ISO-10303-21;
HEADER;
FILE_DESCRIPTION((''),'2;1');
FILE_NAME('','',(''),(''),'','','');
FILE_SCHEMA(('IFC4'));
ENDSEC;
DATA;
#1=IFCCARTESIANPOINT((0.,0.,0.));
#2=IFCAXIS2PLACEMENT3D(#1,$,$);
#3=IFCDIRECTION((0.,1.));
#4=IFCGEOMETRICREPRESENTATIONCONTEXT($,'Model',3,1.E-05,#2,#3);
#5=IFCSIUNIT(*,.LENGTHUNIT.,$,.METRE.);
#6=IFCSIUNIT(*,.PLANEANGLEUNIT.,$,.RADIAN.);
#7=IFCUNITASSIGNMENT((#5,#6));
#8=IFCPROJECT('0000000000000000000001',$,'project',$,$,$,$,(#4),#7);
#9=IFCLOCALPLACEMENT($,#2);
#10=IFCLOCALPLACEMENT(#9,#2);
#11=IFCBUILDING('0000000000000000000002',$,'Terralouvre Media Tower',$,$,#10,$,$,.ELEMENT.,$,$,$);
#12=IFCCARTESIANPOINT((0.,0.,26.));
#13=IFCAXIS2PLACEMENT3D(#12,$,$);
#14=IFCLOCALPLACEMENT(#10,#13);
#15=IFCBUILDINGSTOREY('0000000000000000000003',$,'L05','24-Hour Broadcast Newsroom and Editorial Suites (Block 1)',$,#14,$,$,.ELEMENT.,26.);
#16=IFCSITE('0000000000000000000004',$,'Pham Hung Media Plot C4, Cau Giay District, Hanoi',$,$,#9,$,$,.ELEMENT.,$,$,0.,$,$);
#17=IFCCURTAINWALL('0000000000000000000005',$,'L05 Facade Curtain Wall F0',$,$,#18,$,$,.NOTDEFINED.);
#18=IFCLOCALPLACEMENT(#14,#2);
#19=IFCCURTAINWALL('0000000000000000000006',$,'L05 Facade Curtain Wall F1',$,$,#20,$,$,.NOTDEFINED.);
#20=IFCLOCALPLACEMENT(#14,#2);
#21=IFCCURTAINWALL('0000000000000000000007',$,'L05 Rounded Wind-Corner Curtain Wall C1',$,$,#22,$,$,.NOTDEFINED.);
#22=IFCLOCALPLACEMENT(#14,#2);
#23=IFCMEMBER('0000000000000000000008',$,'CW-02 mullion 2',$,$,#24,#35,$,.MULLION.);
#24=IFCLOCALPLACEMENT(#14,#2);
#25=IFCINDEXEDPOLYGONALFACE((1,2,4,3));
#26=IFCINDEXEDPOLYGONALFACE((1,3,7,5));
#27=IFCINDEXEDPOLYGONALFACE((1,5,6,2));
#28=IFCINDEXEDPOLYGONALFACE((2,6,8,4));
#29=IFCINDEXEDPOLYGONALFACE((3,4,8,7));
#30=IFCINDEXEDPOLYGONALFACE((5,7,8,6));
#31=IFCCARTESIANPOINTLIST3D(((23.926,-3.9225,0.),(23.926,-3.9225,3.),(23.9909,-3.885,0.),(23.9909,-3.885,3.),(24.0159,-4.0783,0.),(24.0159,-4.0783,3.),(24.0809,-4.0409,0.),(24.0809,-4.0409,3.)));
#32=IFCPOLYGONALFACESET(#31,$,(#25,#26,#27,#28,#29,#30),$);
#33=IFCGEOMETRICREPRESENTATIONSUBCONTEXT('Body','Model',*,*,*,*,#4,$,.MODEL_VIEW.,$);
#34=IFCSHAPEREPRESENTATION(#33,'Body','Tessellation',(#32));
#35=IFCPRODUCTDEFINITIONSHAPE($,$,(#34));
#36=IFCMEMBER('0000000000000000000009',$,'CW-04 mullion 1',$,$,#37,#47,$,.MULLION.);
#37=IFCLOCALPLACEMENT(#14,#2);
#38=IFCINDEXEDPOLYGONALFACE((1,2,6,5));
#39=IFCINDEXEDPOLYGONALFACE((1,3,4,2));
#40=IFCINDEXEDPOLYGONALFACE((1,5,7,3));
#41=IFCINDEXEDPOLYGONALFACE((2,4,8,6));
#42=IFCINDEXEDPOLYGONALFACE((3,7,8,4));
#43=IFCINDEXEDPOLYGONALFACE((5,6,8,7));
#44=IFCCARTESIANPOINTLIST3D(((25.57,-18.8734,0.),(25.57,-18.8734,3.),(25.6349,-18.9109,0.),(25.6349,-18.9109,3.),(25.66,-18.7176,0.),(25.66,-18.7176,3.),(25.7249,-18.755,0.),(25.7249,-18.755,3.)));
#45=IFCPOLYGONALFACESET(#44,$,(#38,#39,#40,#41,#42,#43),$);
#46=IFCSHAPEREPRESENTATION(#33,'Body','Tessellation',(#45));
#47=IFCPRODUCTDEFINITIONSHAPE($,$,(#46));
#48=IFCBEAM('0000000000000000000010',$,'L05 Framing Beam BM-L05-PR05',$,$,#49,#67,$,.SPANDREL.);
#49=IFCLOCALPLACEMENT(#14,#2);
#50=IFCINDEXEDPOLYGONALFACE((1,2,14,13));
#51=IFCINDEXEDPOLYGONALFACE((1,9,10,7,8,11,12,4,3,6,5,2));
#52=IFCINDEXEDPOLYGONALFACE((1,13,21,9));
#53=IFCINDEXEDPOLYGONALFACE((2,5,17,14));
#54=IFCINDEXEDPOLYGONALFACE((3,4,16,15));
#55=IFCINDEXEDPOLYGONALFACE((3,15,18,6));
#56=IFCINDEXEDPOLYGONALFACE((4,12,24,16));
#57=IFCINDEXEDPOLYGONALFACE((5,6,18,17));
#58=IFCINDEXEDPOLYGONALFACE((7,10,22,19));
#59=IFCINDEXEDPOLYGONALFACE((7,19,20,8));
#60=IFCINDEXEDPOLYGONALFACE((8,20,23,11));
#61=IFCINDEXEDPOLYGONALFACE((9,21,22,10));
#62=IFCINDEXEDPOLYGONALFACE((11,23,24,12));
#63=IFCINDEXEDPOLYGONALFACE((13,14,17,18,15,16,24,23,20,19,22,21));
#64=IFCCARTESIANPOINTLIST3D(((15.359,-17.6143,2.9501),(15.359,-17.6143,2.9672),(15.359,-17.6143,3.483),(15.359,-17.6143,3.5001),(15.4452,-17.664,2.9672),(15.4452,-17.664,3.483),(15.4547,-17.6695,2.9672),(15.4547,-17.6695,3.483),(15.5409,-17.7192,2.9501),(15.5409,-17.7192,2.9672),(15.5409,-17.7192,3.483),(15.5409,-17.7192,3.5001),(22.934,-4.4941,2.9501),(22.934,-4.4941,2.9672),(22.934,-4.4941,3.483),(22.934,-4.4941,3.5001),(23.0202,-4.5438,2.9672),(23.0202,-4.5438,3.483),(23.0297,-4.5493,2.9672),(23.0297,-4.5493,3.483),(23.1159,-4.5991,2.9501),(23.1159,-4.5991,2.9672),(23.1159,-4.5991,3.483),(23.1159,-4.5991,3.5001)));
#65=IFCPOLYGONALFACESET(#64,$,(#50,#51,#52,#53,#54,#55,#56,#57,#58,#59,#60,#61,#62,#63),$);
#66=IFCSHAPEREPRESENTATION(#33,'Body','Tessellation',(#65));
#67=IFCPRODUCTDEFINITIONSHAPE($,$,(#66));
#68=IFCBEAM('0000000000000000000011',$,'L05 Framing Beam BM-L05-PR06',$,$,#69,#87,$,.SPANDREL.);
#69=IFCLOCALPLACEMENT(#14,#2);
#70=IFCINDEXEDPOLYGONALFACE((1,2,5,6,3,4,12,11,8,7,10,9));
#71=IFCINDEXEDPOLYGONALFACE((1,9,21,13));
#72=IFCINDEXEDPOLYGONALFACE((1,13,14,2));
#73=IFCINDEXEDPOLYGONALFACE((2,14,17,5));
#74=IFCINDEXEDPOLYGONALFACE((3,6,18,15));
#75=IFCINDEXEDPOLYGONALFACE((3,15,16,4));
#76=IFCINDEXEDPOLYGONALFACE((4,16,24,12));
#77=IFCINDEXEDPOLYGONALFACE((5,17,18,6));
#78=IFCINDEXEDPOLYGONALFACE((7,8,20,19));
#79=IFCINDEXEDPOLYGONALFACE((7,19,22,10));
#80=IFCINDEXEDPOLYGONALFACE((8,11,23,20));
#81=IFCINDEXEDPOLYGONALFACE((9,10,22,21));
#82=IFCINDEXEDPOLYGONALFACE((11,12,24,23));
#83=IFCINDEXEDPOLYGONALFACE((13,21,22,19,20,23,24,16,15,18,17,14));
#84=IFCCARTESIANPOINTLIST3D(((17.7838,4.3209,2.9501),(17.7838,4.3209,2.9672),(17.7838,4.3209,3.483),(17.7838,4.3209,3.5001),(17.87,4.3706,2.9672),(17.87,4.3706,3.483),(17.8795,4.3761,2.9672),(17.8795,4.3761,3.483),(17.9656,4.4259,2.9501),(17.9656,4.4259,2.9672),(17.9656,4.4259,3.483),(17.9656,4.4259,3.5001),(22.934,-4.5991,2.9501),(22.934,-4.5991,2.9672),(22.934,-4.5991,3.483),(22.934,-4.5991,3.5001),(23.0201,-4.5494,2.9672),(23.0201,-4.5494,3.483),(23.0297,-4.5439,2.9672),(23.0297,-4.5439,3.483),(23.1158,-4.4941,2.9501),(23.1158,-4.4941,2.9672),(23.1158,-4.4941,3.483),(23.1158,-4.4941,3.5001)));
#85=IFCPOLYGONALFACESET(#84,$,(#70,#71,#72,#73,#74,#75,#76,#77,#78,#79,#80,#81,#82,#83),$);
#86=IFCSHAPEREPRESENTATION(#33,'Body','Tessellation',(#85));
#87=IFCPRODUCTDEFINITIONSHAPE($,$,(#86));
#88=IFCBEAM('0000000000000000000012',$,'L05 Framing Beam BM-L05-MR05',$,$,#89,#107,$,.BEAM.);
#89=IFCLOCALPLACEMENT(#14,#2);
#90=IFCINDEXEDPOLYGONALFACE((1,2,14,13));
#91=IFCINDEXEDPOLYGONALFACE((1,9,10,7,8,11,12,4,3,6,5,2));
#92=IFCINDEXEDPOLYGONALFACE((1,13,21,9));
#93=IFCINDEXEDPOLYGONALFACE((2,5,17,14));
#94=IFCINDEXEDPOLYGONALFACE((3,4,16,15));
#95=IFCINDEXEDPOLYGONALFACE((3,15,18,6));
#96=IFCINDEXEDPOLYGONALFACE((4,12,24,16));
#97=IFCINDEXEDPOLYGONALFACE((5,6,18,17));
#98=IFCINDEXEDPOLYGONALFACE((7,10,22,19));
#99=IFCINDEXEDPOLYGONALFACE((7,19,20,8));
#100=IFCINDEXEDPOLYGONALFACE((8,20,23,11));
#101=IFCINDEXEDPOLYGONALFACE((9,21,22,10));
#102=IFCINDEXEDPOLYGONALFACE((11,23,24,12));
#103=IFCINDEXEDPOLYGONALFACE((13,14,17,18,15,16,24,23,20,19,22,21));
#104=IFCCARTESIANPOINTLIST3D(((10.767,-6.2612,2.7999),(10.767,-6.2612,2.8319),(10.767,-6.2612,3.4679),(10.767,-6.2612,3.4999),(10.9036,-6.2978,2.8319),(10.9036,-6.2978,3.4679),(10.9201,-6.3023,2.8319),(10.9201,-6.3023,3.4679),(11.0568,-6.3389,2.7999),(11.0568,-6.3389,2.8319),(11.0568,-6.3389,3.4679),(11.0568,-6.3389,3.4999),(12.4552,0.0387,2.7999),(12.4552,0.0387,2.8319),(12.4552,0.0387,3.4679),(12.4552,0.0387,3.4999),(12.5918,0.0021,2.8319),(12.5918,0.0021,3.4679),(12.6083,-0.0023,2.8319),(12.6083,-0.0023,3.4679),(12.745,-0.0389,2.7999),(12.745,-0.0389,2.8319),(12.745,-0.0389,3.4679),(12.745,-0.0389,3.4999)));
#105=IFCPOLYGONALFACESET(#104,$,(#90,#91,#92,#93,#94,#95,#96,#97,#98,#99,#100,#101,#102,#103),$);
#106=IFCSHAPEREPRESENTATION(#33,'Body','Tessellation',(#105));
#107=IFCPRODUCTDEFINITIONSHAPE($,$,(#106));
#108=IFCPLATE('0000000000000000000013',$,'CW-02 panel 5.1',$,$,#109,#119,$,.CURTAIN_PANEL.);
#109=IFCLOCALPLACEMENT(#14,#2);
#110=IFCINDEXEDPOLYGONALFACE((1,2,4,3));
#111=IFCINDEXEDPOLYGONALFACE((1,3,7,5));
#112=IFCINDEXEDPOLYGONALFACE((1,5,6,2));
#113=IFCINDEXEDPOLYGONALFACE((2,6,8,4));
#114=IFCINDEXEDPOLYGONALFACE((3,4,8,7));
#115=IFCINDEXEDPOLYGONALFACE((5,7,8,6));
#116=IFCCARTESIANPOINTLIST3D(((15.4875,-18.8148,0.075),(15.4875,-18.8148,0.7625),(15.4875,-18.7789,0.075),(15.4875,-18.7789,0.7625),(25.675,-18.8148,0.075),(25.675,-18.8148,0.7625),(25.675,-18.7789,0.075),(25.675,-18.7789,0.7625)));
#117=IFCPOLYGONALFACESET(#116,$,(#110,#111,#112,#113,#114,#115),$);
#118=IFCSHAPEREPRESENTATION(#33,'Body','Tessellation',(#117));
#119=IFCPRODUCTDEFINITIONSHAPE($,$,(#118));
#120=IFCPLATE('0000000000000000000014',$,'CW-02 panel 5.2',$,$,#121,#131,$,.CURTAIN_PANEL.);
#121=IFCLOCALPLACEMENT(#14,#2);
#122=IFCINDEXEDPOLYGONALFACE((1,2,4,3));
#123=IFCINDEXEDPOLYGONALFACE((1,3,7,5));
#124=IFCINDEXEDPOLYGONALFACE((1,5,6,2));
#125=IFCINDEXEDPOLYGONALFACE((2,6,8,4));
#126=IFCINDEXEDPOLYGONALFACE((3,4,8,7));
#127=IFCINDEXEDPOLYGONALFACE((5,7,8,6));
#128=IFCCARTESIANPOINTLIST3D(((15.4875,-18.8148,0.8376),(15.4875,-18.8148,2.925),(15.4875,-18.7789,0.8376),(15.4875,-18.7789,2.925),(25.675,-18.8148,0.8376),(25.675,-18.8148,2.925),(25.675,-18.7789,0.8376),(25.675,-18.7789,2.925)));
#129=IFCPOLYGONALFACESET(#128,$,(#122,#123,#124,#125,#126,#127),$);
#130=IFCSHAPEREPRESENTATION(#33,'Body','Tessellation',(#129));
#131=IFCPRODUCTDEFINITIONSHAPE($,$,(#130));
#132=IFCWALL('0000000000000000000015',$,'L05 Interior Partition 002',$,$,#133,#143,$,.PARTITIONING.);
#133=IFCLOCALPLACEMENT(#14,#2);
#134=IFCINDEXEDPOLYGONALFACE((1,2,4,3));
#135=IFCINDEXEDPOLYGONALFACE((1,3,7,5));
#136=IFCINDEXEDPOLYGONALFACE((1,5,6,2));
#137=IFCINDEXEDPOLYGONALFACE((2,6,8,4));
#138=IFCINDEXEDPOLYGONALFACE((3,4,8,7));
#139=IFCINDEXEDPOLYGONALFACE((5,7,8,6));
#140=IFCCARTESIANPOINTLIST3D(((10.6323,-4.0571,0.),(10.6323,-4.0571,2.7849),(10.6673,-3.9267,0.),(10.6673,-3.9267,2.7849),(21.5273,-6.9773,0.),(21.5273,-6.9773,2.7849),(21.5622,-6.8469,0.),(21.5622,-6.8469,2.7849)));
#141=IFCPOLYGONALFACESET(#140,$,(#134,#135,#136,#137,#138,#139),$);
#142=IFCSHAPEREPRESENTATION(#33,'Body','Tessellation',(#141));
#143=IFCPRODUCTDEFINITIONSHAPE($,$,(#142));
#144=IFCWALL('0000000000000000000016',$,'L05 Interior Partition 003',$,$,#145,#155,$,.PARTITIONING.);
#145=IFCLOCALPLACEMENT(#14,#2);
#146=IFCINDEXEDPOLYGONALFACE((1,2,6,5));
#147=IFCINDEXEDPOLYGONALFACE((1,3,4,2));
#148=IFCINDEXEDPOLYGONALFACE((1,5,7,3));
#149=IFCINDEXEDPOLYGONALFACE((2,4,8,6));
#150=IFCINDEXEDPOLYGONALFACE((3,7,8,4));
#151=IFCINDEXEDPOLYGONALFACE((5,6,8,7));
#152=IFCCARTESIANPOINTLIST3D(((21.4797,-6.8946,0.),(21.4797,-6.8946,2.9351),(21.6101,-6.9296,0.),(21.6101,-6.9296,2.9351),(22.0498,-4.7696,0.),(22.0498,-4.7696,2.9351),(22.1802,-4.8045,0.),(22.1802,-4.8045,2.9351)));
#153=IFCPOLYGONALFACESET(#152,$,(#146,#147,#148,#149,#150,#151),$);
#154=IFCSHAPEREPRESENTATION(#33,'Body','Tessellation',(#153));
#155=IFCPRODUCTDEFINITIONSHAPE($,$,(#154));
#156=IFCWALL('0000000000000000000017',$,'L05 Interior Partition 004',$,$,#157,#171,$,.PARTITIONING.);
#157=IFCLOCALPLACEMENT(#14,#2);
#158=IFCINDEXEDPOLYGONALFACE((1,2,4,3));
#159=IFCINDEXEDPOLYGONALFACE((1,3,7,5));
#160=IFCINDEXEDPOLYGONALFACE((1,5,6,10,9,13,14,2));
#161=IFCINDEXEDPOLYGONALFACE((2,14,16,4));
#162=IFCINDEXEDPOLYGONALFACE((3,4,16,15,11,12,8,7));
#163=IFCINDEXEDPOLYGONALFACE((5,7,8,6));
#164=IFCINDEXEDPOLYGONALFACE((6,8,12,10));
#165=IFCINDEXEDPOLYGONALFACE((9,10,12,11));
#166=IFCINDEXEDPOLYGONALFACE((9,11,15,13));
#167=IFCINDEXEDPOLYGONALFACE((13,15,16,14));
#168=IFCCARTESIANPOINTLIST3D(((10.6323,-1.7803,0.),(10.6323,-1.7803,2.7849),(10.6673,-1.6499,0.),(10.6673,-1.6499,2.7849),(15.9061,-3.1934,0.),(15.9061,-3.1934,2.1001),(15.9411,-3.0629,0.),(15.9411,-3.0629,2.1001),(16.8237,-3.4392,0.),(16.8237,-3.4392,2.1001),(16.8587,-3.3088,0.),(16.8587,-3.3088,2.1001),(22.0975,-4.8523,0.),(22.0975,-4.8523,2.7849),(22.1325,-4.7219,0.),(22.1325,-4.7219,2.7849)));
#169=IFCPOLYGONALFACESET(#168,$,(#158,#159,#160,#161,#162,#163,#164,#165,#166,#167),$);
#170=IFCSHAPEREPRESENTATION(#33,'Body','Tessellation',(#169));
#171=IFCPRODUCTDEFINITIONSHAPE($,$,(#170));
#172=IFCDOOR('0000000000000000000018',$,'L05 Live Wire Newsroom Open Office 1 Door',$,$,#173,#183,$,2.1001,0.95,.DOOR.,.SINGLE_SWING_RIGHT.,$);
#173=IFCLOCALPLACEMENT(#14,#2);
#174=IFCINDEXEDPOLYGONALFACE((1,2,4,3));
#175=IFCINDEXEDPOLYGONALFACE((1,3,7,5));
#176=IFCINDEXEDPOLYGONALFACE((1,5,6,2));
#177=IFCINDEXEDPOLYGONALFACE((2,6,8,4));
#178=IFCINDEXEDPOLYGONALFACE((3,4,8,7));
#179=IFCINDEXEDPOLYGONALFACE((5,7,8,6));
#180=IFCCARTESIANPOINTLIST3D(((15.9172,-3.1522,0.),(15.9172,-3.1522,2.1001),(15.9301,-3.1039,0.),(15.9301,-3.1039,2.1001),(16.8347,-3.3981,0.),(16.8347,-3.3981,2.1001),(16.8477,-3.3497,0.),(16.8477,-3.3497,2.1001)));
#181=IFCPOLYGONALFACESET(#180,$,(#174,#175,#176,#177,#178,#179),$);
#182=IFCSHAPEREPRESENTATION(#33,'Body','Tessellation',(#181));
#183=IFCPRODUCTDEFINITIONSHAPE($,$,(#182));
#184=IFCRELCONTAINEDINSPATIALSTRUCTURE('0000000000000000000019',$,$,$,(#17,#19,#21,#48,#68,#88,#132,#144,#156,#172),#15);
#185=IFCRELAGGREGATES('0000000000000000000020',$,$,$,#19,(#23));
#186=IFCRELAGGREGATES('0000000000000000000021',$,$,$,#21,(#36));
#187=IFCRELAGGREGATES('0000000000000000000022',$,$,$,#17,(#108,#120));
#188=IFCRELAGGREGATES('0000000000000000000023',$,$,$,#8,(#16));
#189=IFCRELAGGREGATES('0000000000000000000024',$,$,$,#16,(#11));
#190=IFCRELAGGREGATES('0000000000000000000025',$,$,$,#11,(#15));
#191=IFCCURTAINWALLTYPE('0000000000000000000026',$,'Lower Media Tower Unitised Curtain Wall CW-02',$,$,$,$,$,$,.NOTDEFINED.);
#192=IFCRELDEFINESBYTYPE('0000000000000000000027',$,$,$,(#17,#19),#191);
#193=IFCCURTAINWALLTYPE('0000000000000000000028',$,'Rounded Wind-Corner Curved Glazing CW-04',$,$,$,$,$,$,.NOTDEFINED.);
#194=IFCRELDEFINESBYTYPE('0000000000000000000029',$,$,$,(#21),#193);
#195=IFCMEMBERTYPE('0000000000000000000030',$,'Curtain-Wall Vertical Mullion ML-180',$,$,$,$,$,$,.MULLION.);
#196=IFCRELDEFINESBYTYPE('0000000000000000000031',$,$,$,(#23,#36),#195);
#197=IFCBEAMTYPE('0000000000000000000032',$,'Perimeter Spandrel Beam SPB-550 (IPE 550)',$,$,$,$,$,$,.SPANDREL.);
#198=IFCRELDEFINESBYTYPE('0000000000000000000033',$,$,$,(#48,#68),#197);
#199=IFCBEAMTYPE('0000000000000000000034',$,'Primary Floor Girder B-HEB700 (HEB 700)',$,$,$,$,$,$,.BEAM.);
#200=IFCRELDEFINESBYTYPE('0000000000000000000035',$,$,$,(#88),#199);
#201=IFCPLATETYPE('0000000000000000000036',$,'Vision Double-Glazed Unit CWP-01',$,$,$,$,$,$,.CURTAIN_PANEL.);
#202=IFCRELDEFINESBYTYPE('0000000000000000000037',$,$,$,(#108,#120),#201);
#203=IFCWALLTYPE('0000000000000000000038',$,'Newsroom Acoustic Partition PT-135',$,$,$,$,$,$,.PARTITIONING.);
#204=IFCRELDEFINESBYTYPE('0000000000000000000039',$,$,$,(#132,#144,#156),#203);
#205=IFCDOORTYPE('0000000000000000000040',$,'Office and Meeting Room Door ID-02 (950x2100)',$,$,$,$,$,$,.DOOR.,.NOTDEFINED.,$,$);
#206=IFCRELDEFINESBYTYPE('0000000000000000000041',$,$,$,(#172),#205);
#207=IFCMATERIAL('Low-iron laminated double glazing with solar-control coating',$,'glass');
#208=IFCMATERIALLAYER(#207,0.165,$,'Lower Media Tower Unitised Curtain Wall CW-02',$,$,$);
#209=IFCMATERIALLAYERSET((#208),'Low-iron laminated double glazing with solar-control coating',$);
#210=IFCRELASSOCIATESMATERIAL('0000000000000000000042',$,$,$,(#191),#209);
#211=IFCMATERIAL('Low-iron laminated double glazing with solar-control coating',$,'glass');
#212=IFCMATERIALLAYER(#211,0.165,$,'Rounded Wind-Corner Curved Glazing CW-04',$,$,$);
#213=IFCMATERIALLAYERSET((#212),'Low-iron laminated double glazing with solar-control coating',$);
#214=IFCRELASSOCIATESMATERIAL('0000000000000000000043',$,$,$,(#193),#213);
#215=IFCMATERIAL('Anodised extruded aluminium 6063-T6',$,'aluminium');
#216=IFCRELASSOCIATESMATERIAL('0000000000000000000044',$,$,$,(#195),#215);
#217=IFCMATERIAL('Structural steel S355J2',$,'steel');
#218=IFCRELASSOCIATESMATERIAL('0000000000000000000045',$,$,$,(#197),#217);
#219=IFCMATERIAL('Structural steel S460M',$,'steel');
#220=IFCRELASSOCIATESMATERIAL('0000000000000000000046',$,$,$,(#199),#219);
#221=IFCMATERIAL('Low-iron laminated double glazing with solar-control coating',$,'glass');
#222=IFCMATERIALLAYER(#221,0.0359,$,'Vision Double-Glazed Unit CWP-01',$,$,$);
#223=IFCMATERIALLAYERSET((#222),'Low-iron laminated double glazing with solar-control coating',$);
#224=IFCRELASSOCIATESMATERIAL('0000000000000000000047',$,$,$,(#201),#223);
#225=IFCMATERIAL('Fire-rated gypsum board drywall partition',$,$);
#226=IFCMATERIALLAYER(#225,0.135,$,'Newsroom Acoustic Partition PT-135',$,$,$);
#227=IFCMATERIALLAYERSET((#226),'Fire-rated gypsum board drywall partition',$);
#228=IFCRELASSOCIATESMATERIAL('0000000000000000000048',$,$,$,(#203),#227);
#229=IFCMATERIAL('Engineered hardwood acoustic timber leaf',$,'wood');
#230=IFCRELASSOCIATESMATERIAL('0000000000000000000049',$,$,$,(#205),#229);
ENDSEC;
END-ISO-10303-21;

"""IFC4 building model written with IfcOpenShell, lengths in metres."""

from ifc_helpers import new_model, si_unit, direction, frame, frame_2d, origin, origin_2d, place, context, subcontext, project, spatial, rectangle, i_section, extrude, material, layer, layer_set, material_profile, profile_set, type_object, element, fill, aggregate, save


model = new_model("IFC4")

# Units and contexts
model_context = context("Model", 3, precision=1e-05, world=origin(), true_north=direction((0.0, 1.0)))
body_context = subcontext(model_context, "Body", "Model", "MODEL_VIEW")
ifc_project = project(units=[si_unit("LENGTHUNIT", "METRE"), si_unit("PLANEANGLEUNIT", "RADIAN")], contexts=[model_context])

# Site, building, storey
site_placement = place(None, origin())
site = spatial("IfcSite", under=ifc_project, at=site_placement, Name="Pham Hung Media Plot C4, Cau Giay District, Hanoi", CompositionType="ELEMENT", RefElevation=0.0)
building_placement = place(site_placement, origin())
building = spatial("IfcBuilding", under=site, at=building_placement, Name="Terralouvre Media Tower", CompositionType="ELEMENT")
storey_placement = place(building_placement, frame((0.0, 0.0, 26.0)))
storey = spatial("IfcBuildingStorey", under=building, at=storey_placement, Name="L05", Description="24-Hour Broadcast Newsroom and Editorial Suites (Block 1)", CompositionType="ELEMENT", Elevation=26.0)

# Curtain walls
ifc_material_1 = material(Name="Low-iron laminated double glazing with solar-control coating", Category="glass")
ifc_layer_1 = layer(ifc_material_1, 0.165, Name="Lower Media Tower Unitised Curtain Wall CW-02")
ifc_layer_set_1 = layer_set([ifc_layer_1], Name="Low-iron laminated double glazing with solar-control coating")
curtain_wall_type_1 = type_object("IfcCurtainWallType", Name="Lower Media Tower Unitised Curtain Wall CW-02", PredefinedType="NOTDEFINED", material=ifc_layer_set_1)
curtain_wall_1_placement = place(storey_placement, origin())
curtain_wall_1 = element("IfcCurtainWall", 1, at=curtain_wall_1_placement, inside=storey, type_object=curtain_wall_type_1, Name="L05 Facade Curtain Wall F0", PredefinedType="NOTDEFINED")
curtain_wall_2_placement = place(storey_placement, origin())
curtain_wall_2 = element("IfcCurtainWall", 2, at=curtain_wall_2_placement, inside=storey, type_object=curtain_wall_type_1, Name="L05 Facade Curtain Wall F1", PredefinedType="NOTDEFINED")

# Curtain wall
ifc_material_2 = material(Name="Low-iron laminated double glazing with solar-control coating", Category="glass")
ifc_layer_2 = layer(ifc_material_2, 0.165, Name="Rounded Wind-Corner Curved Glazing CW-04")
ifc_layer_set_2 = layer_set([ifc_layer_2], Name="Low-iron laminated double glazing with solar-control coating")
curtain_wall_type_2 = type_object("IfcCurtainWallType", Name="Rounded Wind-Corner Curved Glazing CW-04", PredefinedType="NOTDEFINED", material=ifc_layer_set_2)
curtain_wall_3_placement = place(storey_placement, origin())
curtain_wall_3 = element("IfcCurtainWall", 3, at=curtain_wall_3_placement, inside=storey, type_object=curtain_wall_type_2, Name="L05 Rounded Wind-Corner Curtain Wall C1", PredefinedType="NOTDEFINED")

# Members
ifc_material_3 = material(Name="Anodised extruded aluminium 6063-T6", Category="aluminium")
ifc_material_profile_1 = material_profile(ifc_material_3, rectangle(XDim=0.075, YDim=0.1799, at=origin_2d()), Name="ALU 75x180")
ifc_profile_set_1 = profile_set([ifc_material_profile_1], Name="Anodised extruded aluminium 6063-T6")
member_type_1 = type_object("IfcMemberType", Name="Curtain-Wall Vertical Mullion ML-180", PredefinedType="MULLION", material=ifc_profile_set_1)
member_1_placement = place(storey_placement, frame((24.0034, -3.9817, 0.0), z_axis=(0.0, 0.0, 1.0), x_axis=(-0.866025, -0.5, 0.0)))
member_1 = element("IfcMember", 4, at=member_1_placement, type_object=member_type_1, Name="CW-02 mullion 2", PredefinedType="MULLION", context=body_context, shape_type="SweptSolid", body=[
    extrude(rectangle(XDim=0.075, YDim=0.1799, at=origin_2d()), origin(), (0.0, 0.0, 1.0), 3.0),
])
aggregate(curtain_wall_2, [member_1])
member_2_placement = place(storey_placement, frame((25.6475, -18.8142, 0.0), z_axis=(0.0, 0.0, 1.0), x_axis=(-0.866026, 0.5, 0.0)))
member_2 = element("IfcMember", 5, at=member_2_placement, type_object=member_type_1, Name="CW-04 mullion 1", PredefinedType="MULLION", context=body_context, shape_type="SweptSolid", body=[
    extrude(rectangle(XDim=0.075, YDim=0.1799, at=origin_2d()), origin(), (0.0, 0.0, 1.0), 3.0),
])
aggregate(curtain_wall_3, [member_2])

# Beams
ifc_material_4 = material(Name="Structural steel S355J2", Category="steel")
ifc_material_profile_2 = material_profile(ifc_material_4, i_section(OverallWidth=0.21, OverallDepth=0.55, WebThickness=0.011, FlangeThickness=0.0171, at=origin_2d()), Name="IPE 550")
ifc_profile_set_2 = profile_set([ifc_material_profile_2], Name="Structural steel S355J2")
beam_type_1 = type_object("IfcBeamType", Name="Perimeter Spandrel Beam SPB-550 (IPE 550)", PredefinedType="SPANDREL", material=ifc_profile_set_2)
beam_1_placement = place(storey_placement, frame((15.45, -17.6667, 3.2251), z_axis=(0.500002, 0.866024, 0.0), x_axis=(-0.866024, 0.500002, 0.0)))
element("IfcBeam", 6, at=beam_1_placement, inside=storey, type_object=beam_type_1, Name="L05 Framing Beam BM-L05-PR05", PredefinedType="SPANDREL", context=body_context, shape_type="SweptSolid", body=[
    extrude(i_section(OverallWidth=0.21, OverallDepth=0.55, WebThickness=0.011, FlangeThickness=0.0171, at=origin_2d()), origin(), (0.0, 0.0, 1.0), 15.1499),
])
beam_2_placement = place(storey_placement, frame((23.0249, -4.5466, 3.2251), z_axis=(-0.500017, 0.866016, 0.0), x_axis=(-0.866016, -0.500017, 0.0)))
element("IfcBeam", 7, at=beam_2_placement, inside=storey, type_object=beam_type_1, Name="L05 Framing Beam BM-L05-PR06", PredefinedType="SPANDREL", context=body_context, shape_type="SweptSolid", body=[
    extrude(i_section(OverallWidth=0.21, OverallDepth=0.55, WebThickness=0.011, FlangeThickness=0.0171, at=origin_2d()), origin(), (0.0, 0.0, 1.0), 10.3),
])
ifc_material_5 = material(Name="Structural steel S460M", Category="steel")
ifc_material_profile_3 = material_profile(ifc_material_5, i_section(OverallWidth=0.3, OverallDepth=0.7, WebThickness=0.0171, FlangeThickness=0.032, at=origin_2d()), Name="HEB 700")
ifc_profile_set_3 = profile_set([ifc_material_profile_3], Name="Structural steel S460M")
beam_type_2 = type_object("IfcBeamType", Name="Primary Floor Girder B-HEB700 (HEB 700)", PredefinedType="BEAM", material=ifc_profile_set_3)
beam_3_placement = place(storey_placement, frame((10.9119, -6.3, 3.1499), z_axis=(0.258839, 0.96592, 0.0), x_axis=(-0.96592, 0.258839, 0.0)))
element("IfcBeam", 8, at=beam_3_placement, inside=storey, type_object=beam_type_2, Name="L05 Framing Beam BM-L05-MR05", PredefinedType="BEAM", context=body_context, shape_type="SweptSolid", body=[
    extrude(i_section(OverallWidth=0.3, OverallDepth=0.7, WebThickness=0.0171, FlangeThickness=0.032, at=origin_2d()), origin(), (0.0, 0.0, 1.0), 6.5222),
])

# Plates
ifc_material_6 = material(Name="Low-iron laminated double glazing with solar-control coating", Category="glass")
ifc_layer_3 = layer(ifc_material_6, 0.0359, Name="Vision Double-Glazed Unit CWP-01")
ifc_layer_set_3 = layer_set([ifc_layer_3], Name="Low-iron laminated double glazing with solar-control coating")
plate_type = type_object("IfcPlateType", Name="Vision Double-Glazed Unit CWP-01", PredefinedType="CURTAIN_PANEL", material=ifc_layer_set_3)
plate_1_placement = place(storey_placement, frame((20.5813, -18.7969, 0.075), z_axis=(0.0, 0.0, 1.0), x_axis=(1.0, 0.0, 0.0)))
plate_1 = element("IfcPlate", 9, at=plate_1_placement, type_object=plate_type, Name="CW-02 panel 5.1", PredefinedType="CURTAIN_PANEL", context=body_context, shape_type="SweptSolid", body=[
    extrude(rectangle(XDim=10.1875, YDim=0.0359, at=origin_2d()), origin(), (0.0, 0.0, 1.0), 0.6875),
])
plate_2_placement = place(storey_placement, frame((20.5813, -18.7969, 0.8376), z_axis=(0.0, 0.0, 1.0), x_axis=(1.0, 0.0, 0.0)))
plate_2 = element("IfcPlate", 10, at=plate_2_placement, type_object=plate_type, Name="CW-02 panel 5.2", PredefinedType="CURTAIN_PANEL", context=body_context, shape_type="SweptSolid", body=[
    extrude(rectangle(XDim=10.1875, YDim=0.0359, at=origin_2d()), origin(), (0.0, 0.0, 1.0), 2.0874),
])
aggregate(curtain_wall_1, [plate_1, plate_2])

# Walls
ifc_material_7 = material(Name="Fire-rated gypsum board drywall partition")
ifc_layer_4 = layer(ifc_material_7, 0.135, Name="Newsroom Acoustic Partition PT-135")
ifc_layer_set_4 = layer_set([ifc_layer_4], Name="Fire-rated gypsum board drywall partition")
wall_type = type_object("IfcWallType", Name="Newsroom Acoustic Partition PT-135", PredefinedType="PARTITIONING", material=ifc_layer_set_4)
wall_1_placement = place(storey_placement, frame((10.6499, -3.9919, 0.0), z_axis=(0.0, 0.0, 1.0), x_axis=(0.965907, -0.25889, 0.0)))
element("IfcWall", 11, at=wall_1_placement, inside=storey, type_object=wall_type, Name="L05 Interior Partition 002", PredefinedType="PARTITIONING", context=body_context, shape_type="SweptSolid", body=[
    extrude(rectangle(XDim=11.2795, YDim=0.135, at=frame_2d((5.6396, 0.0))), origin(), (0.0, 0.0, 1.0), 2.7849),
])
wall_2_placement = place(storey_placement, frame((21.5449, -6.9121, 0.0), z_axis=(0.0, 0.0, 1.0), x_axis=(0.259106, 0.965849, 0.0)))
element("IfcWall", 12, at=wall_2_placement, inside=storey, type_object=wall_type, Name="L05 Interior Partition 003", PredefinedType="PARTITIONING", context=body_context, shape_type="SweptSolid", body=[
    extrude(rectangle(XDim=2.2002, YDim=0.135, at=frame_2d((1.1001, 0.0))), origin(), (0.0, 0.0, 1.0), 2.9351),
])

# Wall, opening, door
wall_3_placement = place(storey_placement, frame((22.115, -4.7871, 0.0), z_axis=(0.0, 0.0, 1.0), x_axis=(-0.965927, 0.258816, 0.0)))
wall_3 = element("IfcWall", 13, at=wall_3_placement, inside=storey, type_object=wall_type, Name="L05 Interior Partition 004", PredefinedType="PARTITIONING", context=body_context, shape_type="SweptSolid", body=[
    extrude(rectangle(XDim=11.8696, YDim=0.135, at=frame_2d((5.9348, 0.0))), origin(), (0.0, 0.0, 1.0), 2.7849),
])
opening_placement = place(wall_3_placement, frame((5.4597, 0.0, 0.0)))
opening = element("IfcOpeningElement", 14, at=opening_placement, cuts=wall_3, PredefinedType="OPENING", context=body_context, shape_type="SweptSolid", body=[
    extrude(rectangle(XDim=0.95, YDim=2.1001, at=frame_2d((0.4751, 1.05))), frame((0.0, 0.0774, 0.0), z_axis=(0.0, -1.0, 0.0), x_axis=(1.0, 0.0, 0.0)), (0.0, 0.0, 1.0), 0.155),
])
ifc_material_8 = material(Name="Engineered hardwood acoustic timber leaf", Category="wood")
door_type = type_object("IfcDoorType", Name="Office and Meeting Room Door ID-02 (950x2100)", OperationType="NOTDEFINED", PredefinedType="DOOR", material=ifc_material_8)
door_placement = place(opening_placement, origin())
door = element("IfcDoor", 15, at=door_placement, inside=storey, type_object=door_type, Name="L05 Live Wire Newsroom Open Office 1 Door", OperationType="SINGLE_SWING_RIGHT", OverallHeight=2.1001, OverallWidth=0.95, PredefinedType="DOOR", context=body_context, shape_type="SweptSolid", body=[
    extrude(rectangle(XDim=0.95, YDim=2.1001, at=frame_2d((0.4751, 1.05))), frame((0.0, 0.0249, 0.0), z_axis=(0.0, -1.0, 0.0), x_axis=(1.0, 0.0, 0.0)), (0.0, 0.0, 1.0), 0.05),
])
fill(opening, door)

save(model, "model.ifc")
